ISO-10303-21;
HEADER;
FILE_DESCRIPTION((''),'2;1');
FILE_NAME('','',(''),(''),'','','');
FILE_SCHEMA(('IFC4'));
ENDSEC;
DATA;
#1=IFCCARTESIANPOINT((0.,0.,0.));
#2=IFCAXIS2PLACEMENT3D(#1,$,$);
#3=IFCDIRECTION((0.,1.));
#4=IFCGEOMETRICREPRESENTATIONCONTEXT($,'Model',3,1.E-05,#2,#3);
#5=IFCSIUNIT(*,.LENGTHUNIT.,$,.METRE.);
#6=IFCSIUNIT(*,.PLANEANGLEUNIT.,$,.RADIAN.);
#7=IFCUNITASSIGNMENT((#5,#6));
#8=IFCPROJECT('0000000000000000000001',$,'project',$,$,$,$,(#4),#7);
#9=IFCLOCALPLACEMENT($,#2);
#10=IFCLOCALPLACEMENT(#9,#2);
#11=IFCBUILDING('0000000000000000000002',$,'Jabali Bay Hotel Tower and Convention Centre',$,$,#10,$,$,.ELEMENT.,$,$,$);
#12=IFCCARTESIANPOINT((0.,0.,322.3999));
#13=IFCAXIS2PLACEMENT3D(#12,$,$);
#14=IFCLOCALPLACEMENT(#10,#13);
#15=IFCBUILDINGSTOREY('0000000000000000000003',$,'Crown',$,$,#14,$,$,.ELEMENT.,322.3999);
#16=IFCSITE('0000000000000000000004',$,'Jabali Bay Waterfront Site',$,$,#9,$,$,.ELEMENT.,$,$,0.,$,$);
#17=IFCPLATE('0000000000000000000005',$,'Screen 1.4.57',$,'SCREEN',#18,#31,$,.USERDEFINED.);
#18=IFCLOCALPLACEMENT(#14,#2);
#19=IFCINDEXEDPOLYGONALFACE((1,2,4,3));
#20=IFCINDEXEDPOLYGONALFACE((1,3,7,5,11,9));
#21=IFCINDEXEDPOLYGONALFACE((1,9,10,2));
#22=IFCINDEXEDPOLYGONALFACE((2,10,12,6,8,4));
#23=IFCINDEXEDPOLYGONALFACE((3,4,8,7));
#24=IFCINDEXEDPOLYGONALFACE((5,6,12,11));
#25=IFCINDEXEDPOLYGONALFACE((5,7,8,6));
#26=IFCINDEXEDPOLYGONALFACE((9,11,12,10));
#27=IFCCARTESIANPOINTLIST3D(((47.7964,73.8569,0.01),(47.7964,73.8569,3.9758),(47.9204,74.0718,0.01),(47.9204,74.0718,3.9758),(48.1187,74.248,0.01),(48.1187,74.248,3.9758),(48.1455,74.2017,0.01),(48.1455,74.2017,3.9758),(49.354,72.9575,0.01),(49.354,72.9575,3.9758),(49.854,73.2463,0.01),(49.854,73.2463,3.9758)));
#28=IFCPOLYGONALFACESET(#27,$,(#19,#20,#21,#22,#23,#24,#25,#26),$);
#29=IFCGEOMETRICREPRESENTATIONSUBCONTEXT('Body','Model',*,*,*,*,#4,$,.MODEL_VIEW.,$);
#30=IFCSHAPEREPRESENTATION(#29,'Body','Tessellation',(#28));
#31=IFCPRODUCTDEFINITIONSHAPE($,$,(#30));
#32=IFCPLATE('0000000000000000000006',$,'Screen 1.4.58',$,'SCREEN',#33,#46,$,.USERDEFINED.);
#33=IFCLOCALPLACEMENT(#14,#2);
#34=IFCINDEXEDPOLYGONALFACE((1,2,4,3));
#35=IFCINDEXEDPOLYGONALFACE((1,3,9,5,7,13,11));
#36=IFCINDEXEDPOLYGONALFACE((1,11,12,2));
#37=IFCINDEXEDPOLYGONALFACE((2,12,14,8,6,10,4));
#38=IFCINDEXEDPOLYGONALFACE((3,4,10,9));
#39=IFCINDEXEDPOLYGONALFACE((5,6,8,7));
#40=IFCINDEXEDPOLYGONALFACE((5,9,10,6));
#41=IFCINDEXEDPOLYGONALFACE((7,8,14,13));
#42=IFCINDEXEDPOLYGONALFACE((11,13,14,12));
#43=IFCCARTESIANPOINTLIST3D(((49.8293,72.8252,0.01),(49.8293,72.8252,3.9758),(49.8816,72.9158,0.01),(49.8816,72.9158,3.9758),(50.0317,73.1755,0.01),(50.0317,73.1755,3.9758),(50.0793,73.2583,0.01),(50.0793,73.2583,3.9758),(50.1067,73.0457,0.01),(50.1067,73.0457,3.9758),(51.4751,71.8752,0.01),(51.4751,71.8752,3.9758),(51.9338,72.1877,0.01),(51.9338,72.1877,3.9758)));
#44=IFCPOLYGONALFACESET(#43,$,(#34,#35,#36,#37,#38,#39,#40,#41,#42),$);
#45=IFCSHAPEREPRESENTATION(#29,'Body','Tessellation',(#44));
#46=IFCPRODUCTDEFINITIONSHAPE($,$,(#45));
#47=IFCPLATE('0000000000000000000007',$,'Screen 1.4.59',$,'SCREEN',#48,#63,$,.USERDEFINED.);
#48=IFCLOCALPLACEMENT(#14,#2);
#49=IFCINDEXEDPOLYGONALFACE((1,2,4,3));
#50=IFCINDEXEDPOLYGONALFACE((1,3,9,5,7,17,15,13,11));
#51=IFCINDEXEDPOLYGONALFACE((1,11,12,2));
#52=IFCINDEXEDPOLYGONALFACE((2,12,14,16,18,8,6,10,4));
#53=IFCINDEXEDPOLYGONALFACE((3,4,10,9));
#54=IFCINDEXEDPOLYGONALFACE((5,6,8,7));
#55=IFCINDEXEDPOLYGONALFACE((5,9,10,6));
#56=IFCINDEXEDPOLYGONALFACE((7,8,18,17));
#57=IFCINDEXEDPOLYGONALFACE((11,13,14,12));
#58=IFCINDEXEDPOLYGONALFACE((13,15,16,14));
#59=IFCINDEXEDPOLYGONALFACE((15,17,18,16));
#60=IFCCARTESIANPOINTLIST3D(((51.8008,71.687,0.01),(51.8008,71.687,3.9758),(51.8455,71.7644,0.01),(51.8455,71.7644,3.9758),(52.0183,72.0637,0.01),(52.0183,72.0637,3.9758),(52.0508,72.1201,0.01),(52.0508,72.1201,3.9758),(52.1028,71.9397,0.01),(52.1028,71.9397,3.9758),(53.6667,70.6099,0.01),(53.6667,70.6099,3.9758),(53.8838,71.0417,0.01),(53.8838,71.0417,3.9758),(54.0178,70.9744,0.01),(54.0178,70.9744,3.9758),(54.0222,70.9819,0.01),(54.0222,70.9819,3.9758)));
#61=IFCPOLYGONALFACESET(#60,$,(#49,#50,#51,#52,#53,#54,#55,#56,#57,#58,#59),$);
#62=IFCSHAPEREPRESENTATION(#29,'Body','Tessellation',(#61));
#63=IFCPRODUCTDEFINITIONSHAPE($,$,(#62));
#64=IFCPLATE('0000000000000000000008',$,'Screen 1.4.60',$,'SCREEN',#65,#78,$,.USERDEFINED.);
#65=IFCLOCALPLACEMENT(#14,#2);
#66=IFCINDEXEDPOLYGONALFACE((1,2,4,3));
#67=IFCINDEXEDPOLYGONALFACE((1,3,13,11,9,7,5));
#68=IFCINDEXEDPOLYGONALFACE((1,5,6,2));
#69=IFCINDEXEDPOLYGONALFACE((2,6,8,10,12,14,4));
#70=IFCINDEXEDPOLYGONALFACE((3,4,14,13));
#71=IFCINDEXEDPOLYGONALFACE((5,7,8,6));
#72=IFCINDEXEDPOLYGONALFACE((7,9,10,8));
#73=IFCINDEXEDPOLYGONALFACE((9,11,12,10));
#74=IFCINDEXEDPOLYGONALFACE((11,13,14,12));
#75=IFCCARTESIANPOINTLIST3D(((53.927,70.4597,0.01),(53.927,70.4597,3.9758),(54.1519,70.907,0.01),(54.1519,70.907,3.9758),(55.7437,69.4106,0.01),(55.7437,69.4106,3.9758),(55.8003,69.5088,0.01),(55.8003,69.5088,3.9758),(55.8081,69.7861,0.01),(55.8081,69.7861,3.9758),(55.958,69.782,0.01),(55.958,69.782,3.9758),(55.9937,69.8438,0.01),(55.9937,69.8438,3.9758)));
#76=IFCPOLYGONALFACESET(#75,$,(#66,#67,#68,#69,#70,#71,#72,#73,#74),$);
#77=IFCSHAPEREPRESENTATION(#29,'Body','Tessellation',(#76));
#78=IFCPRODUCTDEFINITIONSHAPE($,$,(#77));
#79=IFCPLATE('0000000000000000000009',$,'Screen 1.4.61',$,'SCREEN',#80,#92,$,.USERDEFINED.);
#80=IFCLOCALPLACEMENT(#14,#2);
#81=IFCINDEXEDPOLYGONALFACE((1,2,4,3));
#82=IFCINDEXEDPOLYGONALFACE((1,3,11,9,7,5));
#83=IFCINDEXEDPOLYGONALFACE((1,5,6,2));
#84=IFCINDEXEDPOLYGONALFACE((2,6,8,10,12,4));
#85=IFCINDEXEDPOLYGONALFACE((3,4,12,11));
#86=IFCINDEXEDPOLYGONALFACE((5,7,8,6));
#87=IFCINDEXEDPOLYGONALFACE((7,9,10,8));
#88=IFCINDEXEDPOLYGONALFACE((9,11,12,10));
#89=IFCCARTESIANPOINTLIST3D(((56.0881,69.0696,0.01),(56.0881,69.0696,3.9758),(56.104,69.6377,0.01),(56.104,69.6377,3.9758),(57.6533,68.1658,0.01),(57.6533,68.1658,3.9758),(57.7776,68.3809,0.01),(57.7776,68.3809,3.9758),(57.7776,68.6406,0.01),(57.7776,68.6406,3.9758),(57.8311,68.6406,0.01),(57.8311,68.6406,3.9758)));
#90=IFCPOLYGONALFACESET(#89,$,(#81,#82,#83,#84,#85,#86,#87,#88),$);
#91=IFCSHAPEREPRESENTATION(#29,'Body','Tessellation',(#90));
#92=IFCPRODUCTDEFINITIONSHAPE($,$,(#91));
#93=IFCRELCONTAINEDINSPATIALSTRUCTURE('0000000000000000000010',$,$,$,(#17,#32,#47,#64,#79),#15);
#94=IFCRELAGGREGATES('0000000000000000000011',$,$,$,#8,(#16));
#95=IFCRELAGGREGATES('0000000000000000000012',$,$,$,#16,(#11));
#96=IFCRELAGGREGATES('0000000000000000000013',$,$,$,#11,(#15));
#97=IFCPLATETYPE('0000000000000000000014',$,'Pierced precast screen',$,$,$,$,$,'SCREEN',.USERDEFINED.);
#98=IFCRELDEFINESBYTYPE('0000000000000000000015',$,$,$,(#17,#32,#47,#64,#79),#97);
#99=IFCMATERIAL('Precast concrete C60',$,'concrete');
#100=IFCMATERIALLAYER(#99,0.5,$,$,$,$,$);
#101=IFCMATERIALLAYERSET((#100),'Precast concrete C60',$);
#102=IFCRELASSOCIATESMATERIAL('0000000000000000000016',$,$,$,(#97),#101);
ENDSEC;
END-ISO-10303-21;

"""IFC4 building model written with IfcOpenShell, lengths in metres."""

from ifc_helpers import new_model, si_unit, direction, frame, origin, place, context, subcontext, project, spatial, polyline, outline, extrude, material, layer, layer_set, type_object, element, save


model = new_model("IFC4")

# Units and contexts
model_context = context("Model", 3, precision=1e-05, world=origin(), true_north=direction((0.0, 1.0)))
body_context = subcontext(model_context, "Body", "Model", "MODEL_VIEW")
ifc_project = project(units=[si_unit("LENGTHUNIT", "METRE"), si_unit("PLANEANGLEUNIT", "RADIAN")], contexts=[model_context])

# Site, building, storey
site_placement = place(None, origin())
site = spatial("IfcSite", under=ifc_project, at=site_placement, Name="Jabali Bay Waterfront Site", CompositionType="ELEMENT", RefElevation=0.0)
building_placement = place(site_placement, origin())
building = spatial("IfcBuilding", under=site, at=building_placement, Name="Jabali Bay Hotel Tower and Convention Centre", CompositionType="ELEMENT")
storey_placement = place(building_placement, frame((0.0, 0.0, 322.3999)))
storey = spatial("IfcBuildingStorey", under=building, at=storey_placement, Name="Crown", CompositionType="ELEMENT", Elevation=322.3999)

# Plates
ifc_material = material(Name="Precast concrete C60", Category="concrete")
ifc_layer = layer(ifc_material, 0.5)
ifc_layer_set = layer_set([ifc_layer], Name="Precast concrete C60")
plate_type = type_object("IfcPlateType", Name="Pierced precast screen", ElementType="SCREEN", PredefinedType="USERDEFINED", material=ifc_layer_set)
plate_1_placement = place(storey_placement, frame((0.0, 0.0, 0.01)))
element("IfcPlate", 1, at=plate_1_placement, inside=storey, type_object=plate_type, Name="Screen 1.4.57", ObjectType="SCREEN", PredefinedType="USERDEFINED", context=body_context, shape_type="SweptSolid", body=[
    extrude(outline(polyline([(49.854, 73.2463), (48.1187, 74.248), (48.1455, 74.2017), (47.9204, 74.0718), (47.7964, 73.8569), (49.354, 72.9575), (49.854, 73.2463)])), origin(), (0.0, 0.0, 1.0), 3.9658),
])
plate_2_placement = place(storey_placement, frame((0.0, 0.0, 0.01)))
element("IfcPlate", 2, at=plate_2_placement, inside=storey, type_object=plate_type, Name="Screen 1.4.58", ObjectType="SCREEN", PredefinedType="USERDEFINED", context=body_context, shape_type="SweptSolid", body=[
    extrude(outline(polyline([(51.9338, 72.1877), (50.0793, 73.2583), (50.0317, 73.1755), (50.1067, 73.0457), (49.8816, 72.9158), (49.8293, 72.8252), (51.4751, 71.8752), (51.9338, 72.1877)])), origin(), (0.0, 0.0, 1.0), 3.9658),
])
plate_3_placement = place(storey_placement, frame((0.0, 0.0, 0.01)))
element("IfcPlate", 3, at=plate_3_placement, inside=storey, type_object=plate_type, Name="Screen 1.4.59", ObjectType="SCREEN", PredefinedType="USERDEFINED", context=body_context, shape_type="SweptSolid", body=[
    extrude(outline(polyline([(54.0222, 70.9819), (52.0508, 72.1201), (52.0183, 72.0637), (52.1028, 71.9397), (51.8455, 71.7644), (51.8008, 71.687), (53.6667, 70.6099), (53.8838, 71.0417), (54.0178, 70.9744), (54.0222, 70.9819)])), origin(), (0.0, 0.0, 1.0), 3.9658),
])
plate_4_placement = place(storey_placement, frame((0.0, 0.0, 0.01)))
element("IfcPlate", 4, at=plate_4_placement, inside=storey, type_object=plate_type, Name="Screen 1.4.60", ObjectType="SCREEN", PredefinedType="USERDEFINED", context=body_context, shape_type="SweptSolid", body=[
    extrude(outline(polyline([(55.9937, 69.8438), (54.1519, 70.907), (53.927, 70.4597), (55.7437, 69.4106), (55.8003, 69.5088), (55.8081, 69.7861), (55.958, 69.782), (55.9937, 69.8438)])), origin(), (0.0, 0.0, 1.0), 3.9658),
])
plate_5_placement = place(storey_placement, frame((0.0, 0.0, 0.01)))
element("IfcPlate", 5, at=plate_5_placement, inside=storey, type_object=plate_type, Name="Screen 1.4.61", ObjectType="SCREEN", PredefinedType="USERDEFINED", context=body_context, shape_type="SweptSolid", body=[
    extrude(outline(polyline([(57.8311, 68.6406), (56.104, 69.6377), (56.0881, 69.0696), (57.6533, 68.1658), (57.7776, 68.3809), (57.7776, 68.6406), (57.8311, 68.6406)])), origin(), (0.0, 0.0, 1.0), 3.9658),
])

save(model, "model.ifc")
